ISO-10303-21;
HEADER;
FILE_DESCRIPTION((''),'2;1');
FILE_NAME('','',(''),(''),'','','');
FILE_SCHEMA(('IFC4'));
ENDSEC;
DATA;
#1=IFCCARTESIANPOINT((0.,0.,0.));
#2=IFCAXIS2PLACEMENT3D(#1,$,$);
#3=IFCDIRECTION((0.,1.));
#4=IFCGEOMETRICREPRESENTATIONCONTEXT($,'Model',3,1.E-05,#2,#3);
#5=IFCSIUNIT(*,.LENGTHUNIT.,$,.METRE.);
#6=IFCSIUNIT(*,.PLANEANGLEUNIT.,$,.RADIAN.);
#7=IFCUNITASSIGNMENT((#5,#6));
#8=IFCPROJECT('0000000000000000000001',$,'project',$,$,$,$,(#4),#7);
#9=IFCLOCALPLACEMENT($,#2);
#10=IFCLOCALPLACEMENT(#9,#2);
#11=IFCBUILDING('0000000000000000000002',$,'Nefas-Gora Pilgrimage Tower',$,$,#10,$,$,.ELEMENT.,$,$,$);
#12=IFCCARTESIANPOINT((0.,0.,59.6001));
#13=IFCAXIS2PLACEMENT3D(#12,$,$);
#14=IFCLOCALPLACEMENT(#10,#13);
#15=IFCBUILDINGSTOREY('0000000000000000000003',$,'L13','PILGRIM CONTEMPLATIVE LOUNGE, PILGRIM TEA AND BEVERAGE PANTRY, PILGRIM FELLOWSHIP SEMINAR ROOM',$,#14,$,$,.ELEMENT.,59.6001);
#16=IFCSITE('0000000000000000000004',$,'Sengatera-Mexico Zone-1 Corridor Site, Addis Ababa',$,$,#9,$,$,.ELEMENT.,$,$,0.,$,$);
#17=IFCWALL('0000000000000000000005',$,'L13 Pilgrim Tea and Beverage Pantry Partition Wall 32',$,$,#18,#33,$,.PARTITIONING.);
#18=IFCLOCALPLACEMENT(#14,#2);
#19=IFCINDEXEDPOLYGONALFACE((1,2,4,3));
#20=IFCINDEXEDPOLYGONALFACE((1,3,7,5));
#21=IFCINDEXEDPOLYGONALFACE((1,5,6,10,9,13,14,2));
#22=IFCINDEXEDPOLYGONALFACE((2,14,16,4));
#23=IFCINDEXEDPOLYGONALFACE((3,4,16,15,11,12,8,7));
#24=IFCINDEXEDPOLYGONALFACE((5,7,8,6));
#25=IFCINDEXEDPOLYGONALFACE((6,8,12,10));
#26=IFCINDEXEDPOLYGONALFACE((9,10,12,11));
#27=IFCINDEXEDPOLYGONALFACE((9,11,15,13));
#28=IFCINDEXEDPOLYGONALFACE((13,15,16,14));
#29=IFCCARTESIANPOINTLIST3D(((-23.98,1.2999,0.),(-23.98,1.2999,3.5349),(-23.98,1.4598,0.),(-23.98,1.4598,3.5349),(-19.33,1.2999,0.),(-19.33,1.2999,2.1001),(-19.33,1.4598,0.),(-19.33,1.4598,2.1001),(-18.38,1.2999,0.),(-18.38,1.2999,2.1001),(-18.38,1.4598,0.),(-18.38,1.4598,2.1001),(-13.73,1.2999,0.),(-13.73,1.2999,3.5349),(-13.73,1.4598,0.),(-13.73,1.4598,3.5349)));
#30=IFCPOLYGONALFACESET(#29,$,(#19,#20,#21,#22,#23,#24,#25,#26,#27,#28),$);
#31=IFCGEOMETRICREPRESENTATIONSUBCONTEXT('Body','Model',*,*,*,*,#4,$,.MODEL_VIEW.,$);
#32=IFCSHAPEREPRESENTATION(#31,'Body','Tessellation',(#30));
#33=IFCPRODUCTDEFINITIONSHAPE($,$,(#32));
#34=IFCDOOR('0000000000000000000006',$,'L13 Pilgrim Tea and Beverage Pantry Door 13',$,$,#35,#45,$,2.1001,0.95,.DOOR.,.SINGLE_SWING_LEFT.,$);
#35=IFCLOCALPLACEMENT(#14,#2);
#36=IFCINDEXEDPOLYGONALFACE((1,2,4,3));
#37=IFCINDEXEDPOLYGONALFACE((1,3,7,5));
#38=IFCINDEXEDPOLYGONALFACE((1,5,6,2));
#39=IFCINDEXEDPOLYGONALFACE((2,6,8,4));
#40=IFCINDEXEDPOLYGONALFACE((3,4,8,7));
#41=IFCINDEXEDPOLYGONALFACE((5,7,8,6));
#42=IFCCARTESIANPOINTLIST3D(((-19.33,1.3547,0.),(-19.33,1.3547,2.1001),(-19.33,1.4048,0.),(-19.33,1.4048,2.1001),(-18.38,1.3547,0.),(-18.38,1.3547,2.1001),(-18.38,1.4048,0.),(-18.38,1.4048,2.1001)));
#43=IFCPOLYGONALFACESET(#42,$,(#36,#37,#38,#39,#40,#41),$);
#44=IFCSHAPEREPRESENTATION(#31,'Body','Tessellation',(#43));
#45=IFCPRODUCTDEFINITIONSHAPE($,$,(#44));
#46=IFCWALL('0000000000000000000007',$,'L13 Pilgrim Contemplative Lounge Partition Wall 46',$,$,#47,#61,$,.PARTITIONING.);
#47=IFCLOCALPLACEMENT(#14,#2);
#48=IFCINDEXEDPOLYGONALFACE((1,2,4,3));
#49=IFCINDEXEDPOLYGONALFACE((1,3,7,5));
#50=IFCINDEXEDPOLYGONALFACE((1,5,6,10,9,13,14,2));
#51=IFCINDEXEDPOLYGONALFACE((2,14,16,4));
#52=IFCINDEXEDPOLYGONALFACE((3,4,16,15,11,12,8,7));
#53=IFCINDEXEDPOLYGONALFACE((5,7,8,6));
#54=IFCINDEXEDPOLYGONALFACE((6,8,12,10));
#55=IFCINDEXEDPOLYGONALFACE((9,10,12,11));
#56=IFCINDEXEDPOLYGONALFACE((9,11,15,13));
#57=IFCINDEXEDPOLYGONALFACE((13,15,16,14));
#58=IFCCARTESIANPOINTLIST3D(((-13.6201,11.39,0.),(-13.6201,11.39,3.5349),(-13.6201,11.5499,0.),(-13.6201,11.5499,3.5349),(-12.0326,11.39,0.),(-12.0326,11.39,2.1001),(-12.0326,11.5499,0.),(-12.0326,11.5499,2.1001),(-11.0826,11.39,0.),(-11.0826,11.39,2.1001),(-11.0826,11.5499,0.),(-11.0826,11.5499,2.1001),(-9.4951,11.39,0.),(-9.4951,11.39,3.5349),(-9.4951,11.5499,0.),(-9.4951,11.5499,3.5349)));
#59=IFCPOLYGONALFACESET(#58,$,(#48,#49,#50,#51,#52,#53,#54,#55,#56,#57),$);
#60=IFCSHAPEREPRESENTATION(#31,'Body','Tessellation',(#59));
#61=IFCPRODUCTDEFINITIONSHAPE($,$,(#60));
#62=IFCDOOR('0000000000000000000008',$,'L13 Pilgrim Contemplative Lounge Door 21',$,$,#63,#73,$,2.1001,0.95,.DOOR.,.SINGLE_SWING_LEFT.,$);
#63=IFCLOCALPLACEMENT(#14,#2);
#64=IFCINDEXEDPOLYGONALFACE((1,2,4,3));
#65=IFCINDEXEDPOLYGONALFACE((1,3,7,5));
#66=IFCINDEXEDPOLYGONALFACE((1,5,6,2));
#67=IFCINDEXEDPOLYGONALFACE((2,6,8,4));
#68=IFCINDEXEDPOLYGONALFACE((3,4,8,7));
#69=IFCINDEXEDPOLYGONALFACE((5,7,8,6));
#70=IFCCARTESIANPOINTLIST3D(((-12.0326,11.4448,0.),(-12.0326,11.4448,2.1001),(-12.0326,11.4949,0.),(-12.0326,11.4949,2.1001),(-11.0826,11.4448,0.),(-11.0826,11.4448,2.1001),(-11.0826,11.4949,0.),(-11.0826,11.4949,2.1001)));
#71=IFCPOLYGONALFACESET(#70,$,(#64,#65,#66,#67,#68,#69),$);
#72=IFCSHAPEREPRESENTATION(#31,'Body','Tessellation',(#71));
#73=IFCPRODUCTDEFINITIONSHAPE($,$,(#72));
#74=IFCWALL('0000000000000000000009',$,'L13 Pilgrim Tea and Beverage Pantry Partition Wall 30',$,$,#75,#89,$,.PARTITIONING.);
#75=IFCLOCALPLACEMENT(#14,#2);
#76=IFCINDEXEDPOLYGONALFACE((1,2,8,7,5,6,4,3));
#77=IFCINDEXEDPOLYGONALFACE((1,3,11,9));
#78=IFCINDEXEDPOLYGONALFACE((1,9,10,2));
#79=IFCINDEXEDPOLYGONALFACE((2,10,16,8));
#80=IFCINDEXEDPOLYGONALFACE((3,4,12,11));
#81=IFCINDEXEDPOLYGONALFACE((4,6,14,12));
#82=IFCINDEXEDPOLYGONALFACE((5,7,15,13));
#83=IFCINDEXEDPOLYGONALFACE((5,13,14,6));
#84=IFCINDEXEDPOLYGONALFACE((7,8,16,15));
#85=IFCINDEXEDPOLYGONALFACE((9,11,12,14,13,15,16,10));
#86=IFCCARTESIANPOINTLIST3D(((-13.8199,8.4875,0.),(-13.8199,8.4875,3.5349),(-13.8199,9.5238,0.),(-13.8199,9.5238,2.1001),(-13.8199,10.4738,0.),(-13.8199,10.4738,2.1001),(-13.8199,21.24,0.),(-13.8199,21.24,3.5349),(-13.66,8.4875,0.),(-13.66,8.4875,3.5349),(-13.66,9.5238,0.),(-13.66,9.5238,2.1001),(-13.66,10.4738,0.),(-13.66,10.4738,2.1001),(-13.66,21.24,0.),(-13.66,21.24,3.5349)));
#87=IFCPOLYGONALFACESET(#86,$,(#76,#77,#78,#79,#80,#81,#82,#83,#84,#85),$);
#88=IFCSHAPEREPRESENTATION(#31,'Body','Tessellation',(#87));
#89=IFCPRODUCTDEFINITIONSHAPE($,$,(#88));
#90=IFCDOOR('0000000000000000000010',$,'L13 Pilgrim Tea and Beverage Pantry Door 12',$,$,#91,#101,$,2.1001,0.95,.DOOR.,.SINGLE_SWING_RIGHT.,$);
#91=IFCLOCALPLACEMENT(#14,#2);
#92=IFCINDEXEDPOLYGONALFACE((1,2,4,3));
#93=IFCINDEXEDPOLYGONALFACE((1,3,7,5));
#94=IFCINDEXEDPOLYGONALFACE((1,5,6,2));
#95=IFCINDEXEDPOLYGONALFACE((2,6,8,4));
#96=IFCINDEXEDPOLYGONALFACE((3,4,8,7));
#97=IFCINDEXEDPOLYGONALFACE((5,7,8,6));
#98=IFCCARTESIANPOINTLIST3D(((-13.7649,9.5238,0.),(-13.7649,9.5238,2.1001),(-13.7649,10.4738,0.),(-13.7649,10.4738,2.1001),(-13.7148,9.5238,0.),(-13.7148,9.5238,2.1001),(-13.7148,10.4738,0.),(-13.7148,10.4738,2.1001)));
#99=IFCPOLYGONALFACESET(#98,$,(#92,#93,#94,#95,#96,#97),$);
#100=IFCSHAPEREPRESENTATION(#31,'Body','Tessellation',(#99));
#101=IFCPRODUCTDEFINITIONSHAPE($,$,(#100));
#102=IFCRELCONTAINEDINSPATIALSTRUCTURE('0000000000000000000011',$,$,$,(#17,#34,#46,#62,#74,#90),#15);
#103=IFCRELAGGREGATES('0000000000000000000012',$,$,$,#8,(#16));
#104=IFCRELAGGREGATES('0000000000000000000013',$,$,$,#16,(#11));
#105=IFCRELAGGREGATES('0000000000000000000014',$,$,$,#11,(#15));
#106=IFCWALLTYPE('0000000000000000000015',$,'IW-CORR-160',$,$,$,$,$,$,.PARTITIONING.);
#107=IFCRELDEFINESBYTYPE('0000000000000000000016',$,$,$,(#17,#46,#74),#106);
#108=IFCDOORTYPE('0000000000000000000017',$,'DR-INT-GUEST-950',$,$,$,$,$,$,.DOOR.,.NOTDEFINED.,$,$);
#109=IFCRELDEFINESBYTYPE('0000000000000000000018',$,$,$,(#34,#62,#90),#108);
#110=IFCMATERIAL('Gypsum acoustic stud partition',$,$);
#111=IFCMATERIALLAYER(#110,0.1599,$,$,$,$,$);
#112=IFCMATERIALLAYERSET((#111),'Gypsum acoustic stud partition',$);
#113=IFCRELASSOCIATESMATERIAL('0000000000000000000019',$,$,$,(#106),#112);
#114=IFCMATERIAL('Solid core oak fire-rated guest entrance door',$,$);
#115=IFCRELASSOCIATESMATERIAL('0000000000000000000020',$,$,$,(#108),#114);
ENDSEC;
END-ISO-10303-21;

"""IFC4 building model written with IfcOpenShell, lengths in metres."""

from ifc_helpers import new_model, si_unit, direction, frame, frame_2d, origin, place, context, subcontext, project, spatial, rectangle, extrude, source, transform, mapped, material, layer, layer_set, type_object, element, fill, save


model = new_model("IFC4")

# Units and contexts
model_context = context("Model", 3, precision=1e-05, world=origin(), true_north=direction((0.0, 1.0)))
body_context = subcontext(model_context, "Body", "Model", "MODEL_VIEW")
ifc_project = project(units=[si_unit("LENGTHUNIT", "METRE"), si_unit("PLANEANGLEUNIT", "RADIAN")], contexts=[model_context])

# Site, building, storey
site_placement = place(None, origin())
site = spatial("IfcSite", under=ifc_project, at=site_placement, Name="Sengatera-Mexico Zone-1 Corridor Site, Addis Ababa", CompositionType="ELEMENT", RefElevation=0.0)
building_placement = place(site_placement, origin())
building = spatial("IfcBuilding", under=site, at=building_placement, Name="Nefas-Gora Pilgrimage Tower", CompositionType="ELEMENT")
storey_placement = place(building_placement, frame((0.0, 0.0, 59.6001)))
storey = spatial("IfcBuildingStorey", under=building, at=storey_placement, Name="L13", Description="PILGRIM CONTEMPLATIVE LOUNGE, PILGRIM TEA AND BEVERAGE PANTRY, PILGRIM FELLOWSHIP SEMINAR ROOM", CompositionType="ELEMENT", Elevation=59.6001)

# Walls, openings, doors
ifc_material_1 = material(Name="Gypsum acoustic stud partition")
ifc_layer_1 = layer(ifc_material_1, 0.1599)
ifc_layer_set_1 = layer_set([ifc_layer_1], Name="Gypsum acoustic stud partition")
wall_type_1 = type_object("IfcWallType", Name="IW-CORR-160", PredefinedType="PARTITIONING", material=ifc_layer_set_1)
shared_shape_1 = source(origin(), body_context, "Body", "SweptSolid", [
    extrude(rectangle(XDim=10.25, YDim=0.1599, at=frame_2d((5.125, 0.0))), origin(), (0.0, 0.0, 1.0), 3.5349),
])
wall_1_placement = place(storey_placement, frame((-23.98, 1.3799, 0.0), z_axis=(0.0, 0.0, 1.0), x_axis=(1.0, 0.0, 0.0)))
wall_1 = element("IfcWall", 1, at=wall_1_placement, inside=storey, type_object=wall_type_1, Name="L13 Pilgrim Tea and Beverage Pantry Partition Wall 32", PredefinedType="PARTITIONING", context=body_context, shape_type="MappedRepresentation", body=[
    mapped(shared_shape_1, transform((0.0, 0.0, 0.0), x_axis=(1.0, 0.0, 0.0), y_axis=(0.0, 1.0, 0.0), z_axis=(0.0, 0.0, 1.0), scale=1.0)),
])
opening_1_placement = place(wall_1_placement, frame((4.6499, 0.0, 0.0)))
opening_1 = element("IfcOpeningElement", 2, at=opening_1_placement, cuts=wall_1, PredefinedType="OPENING", context=body_context, shape_type="SweptSolid", body=[
    extrude(rectangle(XDim=0.95, YDim=2.1001, at=frame_2d((0.4751, 1.05))), frame((0.0, 0.0898, 0.0), z_axis=(0.0, -1.0, 0.0), x_axis=(1.0, 0.0, 0.0)), (0.0, 0.0, 1.0), 0.1799),
])
ifc_material_2 = material(Name="Solid core oak fire-rated guest entrance door")
door_type = type_object("IfcDoorType", Name="DR-INT-GUEST-950", OperationType="NOTDEFINED", PredefinedType="DOOR", material=ifc_material_2)
shared_shape_2 = source(origin(), body_context, "Body", "SweptSolid", [
    extrude(rectangle(XDim=0.95, YDim=2.1001, at=frame_2d((0.4751, 1.05))), frame((0.0, 0.0249, 0.0), z_axis=(0.0, -1.0, 0.0), x_axis=(1.0, 0.0, 0.0)), (0.0, 0.0, 1.0), 0.05),
])
door_1_placement = place(opening_1_placement, origin())
door_1 = element("IfcDoor", 3, at=door_1_placement, inside=storey, type_object=door_type, Name="L13 Pilgrim Tea and Beverage Pantry Door 13", OperationType="SINGLE_SWING_LEFT", OverallHeight=2.1001, OverallWidth=0.95, PredefinedType="DOOR", context=body_context, shape_type="MappedRepresentation", body=[
    mapped(shared_shape_2, transform((0.0, 0.0, 0.0), x_axis=(1.0, 0.0, 0.0), y_axis=(0.0, 1.0, 0.0), z_axis=(0.0, 0.0, 1.0), scale=1.0)),
])
fill(opening_1, door_1)
shared_shape_3 = source(origin(), body_context, "Body", "SweptSolid", [
    extrude(rectangle(XDim=4.125, YDim=0.1599, at=frame_2d((2.0625, 0.0))), origin(), (0.0, 0.0, 1.0), 3.5349),
])
wall_2_placement = place(storey_placement, frame((-13.6201, 11.47, 0.0), z_axis=(0.0, 0.0, 1.0), x_axis=(1.0, 0.0, 0.0)))
wall_2 = element("IfcWall", 4, at=wall_2_placement, inside=storey, type_object=wall_type_1, Name="L13 Pilgrim Contemplative Lounge Partition Wall 46", PredefinedType="PARTITIONING", context=body_context, shape_type="MappedRepresentation", body=[
    mapped(shared_shape_3, transform((0.0, 0.0, 0.0), x_axis=(1.0, 0.0, 0.0), y_axis=(0.0, 1.0, 0.0), z_axis=(0.0, 0.0, 1.0), scale=1.0)),
])
opening_2_placement = place(wall_2_placement, frame((1.5874, 0.0, 0.0)))
opening_2 = element("IfcOpeningElement", 5, at=opening_2_placement, cuts=wall_2, PredefinedType="OPENING", context=body_context, shape_type="SweptSolid", body=[
    extrude(rectangle(XDim=0.95, YDim=2.1001, at=frame_2d((0.4751, 1.05))), frame((0.0, 0.0898, 0.0), z_axis=(0.0, -1.0, 0.0), x_axis=(1.0, 0.0, 0.0)), (0.0, 0.0, 1.0), 0.1799),
])
door_2_placement = place(opening_2_placement, origin())
door_2 = element("IfcDoor", 6, at=door_2_placement, inside=storey, type_object=door_type, Name="L13 Pilgrim Contemplative Lounge Door 21", OperationType="SINGLE_SWING_LEFT", OverallHeight=2.1001, OverallWidth=0.95, PredefinedType="DOOR", context=body_context, shape_type="MappedRepresentation", body=[
    mapped(shared_shape_2, transform((0.0, 0.0, 0.0), x_axis=(1.0, 0.0, 0.0), y_axis=(0.0, 1.0, 0.0), z_axis=(0.0, 0.0, 1.0), scale=1.0)),
])
fill(opening_2, door_2)
shared_shape_4 = source(origin(), body_context, "Body", "SweptSolid", [
    extrude(rectangle(XDim=12.7524, YDim=0.1599, at=frame_2d((6.3762, 0.0))), origin(), (0.0, 0.0, 1.0), 3.5349),
])
wall_3_placement = place(storey_placement, frame((-13.74, 8.4875, 0.0), z_axis=(0.0, 0.0, 1.0), x_axis=(0.0, 1.0, 0.0)))
wall_3 = element("IfcWall", 7, at=wall_3_placement, inside=storey, type_object=wall_type_1, Name="L13 Pilgrim Tea and Beverage Pantry Partition Wall 30", PredefinedType="PARTITIONING", context=body_context, shape_type="MappedRepresentation", body=[
    mapped(shared_shape_4, transform((0.0, 0.0, 0.0), x_axis=(1.0, 0.0, 0.0), y_axis=(0.0, 1.0, 0.0), z_axis=(0.0, 0.0, 1.0), scale=1.0)),
])
opening_3_placement = place(wall_3_placement, frame((1.0361, 0.0, 0.0)))
opening_3 = element("IfcOpeningElement", 8, at=opening_3_placement, cuts=wall_3, PredefinedType="OPENING", context=body_context, shape_type="SweptSolid", body=[
    extrude(rectangle(XDim=0.95, YDim=2.1001, at=frame_2d((0.4751, 1.05))), frame((0.0, 0.0898, 0.0), z_axis=(0.0, -1.0, 0.0), x_axis=(1.0, 0.0, 0.0)), (0.0, 0.0, 1.0), 0.1799),
])
door_3_placement = place(opening_3_placement, origin())
door_3 = element("IfcDoor", 9, at=door_3_placement, inside=storey, type_object=door_type, Name="L13 Pilgrim Tea and Beverage Pantry Door 12", OperationType="SINGLE_SWING_RIGHT", OverallHeight=2.1001, OverallWidth=0.95, PredefinedType="DOOR", context=body_context, shape_type="MappedRepresentation", body=[
    mapped(shared_shape_2, transform((0.0, 0.0, 0.0), x_axis=(1.0, 0.0, 0.0), y_axis=(0.0, 1.0, 0.0), z_axis=(0.0, 0.0, 1.0), scale=1.0)),
])
fill(opening_3, door_3)

save(model, "model.ifc")
